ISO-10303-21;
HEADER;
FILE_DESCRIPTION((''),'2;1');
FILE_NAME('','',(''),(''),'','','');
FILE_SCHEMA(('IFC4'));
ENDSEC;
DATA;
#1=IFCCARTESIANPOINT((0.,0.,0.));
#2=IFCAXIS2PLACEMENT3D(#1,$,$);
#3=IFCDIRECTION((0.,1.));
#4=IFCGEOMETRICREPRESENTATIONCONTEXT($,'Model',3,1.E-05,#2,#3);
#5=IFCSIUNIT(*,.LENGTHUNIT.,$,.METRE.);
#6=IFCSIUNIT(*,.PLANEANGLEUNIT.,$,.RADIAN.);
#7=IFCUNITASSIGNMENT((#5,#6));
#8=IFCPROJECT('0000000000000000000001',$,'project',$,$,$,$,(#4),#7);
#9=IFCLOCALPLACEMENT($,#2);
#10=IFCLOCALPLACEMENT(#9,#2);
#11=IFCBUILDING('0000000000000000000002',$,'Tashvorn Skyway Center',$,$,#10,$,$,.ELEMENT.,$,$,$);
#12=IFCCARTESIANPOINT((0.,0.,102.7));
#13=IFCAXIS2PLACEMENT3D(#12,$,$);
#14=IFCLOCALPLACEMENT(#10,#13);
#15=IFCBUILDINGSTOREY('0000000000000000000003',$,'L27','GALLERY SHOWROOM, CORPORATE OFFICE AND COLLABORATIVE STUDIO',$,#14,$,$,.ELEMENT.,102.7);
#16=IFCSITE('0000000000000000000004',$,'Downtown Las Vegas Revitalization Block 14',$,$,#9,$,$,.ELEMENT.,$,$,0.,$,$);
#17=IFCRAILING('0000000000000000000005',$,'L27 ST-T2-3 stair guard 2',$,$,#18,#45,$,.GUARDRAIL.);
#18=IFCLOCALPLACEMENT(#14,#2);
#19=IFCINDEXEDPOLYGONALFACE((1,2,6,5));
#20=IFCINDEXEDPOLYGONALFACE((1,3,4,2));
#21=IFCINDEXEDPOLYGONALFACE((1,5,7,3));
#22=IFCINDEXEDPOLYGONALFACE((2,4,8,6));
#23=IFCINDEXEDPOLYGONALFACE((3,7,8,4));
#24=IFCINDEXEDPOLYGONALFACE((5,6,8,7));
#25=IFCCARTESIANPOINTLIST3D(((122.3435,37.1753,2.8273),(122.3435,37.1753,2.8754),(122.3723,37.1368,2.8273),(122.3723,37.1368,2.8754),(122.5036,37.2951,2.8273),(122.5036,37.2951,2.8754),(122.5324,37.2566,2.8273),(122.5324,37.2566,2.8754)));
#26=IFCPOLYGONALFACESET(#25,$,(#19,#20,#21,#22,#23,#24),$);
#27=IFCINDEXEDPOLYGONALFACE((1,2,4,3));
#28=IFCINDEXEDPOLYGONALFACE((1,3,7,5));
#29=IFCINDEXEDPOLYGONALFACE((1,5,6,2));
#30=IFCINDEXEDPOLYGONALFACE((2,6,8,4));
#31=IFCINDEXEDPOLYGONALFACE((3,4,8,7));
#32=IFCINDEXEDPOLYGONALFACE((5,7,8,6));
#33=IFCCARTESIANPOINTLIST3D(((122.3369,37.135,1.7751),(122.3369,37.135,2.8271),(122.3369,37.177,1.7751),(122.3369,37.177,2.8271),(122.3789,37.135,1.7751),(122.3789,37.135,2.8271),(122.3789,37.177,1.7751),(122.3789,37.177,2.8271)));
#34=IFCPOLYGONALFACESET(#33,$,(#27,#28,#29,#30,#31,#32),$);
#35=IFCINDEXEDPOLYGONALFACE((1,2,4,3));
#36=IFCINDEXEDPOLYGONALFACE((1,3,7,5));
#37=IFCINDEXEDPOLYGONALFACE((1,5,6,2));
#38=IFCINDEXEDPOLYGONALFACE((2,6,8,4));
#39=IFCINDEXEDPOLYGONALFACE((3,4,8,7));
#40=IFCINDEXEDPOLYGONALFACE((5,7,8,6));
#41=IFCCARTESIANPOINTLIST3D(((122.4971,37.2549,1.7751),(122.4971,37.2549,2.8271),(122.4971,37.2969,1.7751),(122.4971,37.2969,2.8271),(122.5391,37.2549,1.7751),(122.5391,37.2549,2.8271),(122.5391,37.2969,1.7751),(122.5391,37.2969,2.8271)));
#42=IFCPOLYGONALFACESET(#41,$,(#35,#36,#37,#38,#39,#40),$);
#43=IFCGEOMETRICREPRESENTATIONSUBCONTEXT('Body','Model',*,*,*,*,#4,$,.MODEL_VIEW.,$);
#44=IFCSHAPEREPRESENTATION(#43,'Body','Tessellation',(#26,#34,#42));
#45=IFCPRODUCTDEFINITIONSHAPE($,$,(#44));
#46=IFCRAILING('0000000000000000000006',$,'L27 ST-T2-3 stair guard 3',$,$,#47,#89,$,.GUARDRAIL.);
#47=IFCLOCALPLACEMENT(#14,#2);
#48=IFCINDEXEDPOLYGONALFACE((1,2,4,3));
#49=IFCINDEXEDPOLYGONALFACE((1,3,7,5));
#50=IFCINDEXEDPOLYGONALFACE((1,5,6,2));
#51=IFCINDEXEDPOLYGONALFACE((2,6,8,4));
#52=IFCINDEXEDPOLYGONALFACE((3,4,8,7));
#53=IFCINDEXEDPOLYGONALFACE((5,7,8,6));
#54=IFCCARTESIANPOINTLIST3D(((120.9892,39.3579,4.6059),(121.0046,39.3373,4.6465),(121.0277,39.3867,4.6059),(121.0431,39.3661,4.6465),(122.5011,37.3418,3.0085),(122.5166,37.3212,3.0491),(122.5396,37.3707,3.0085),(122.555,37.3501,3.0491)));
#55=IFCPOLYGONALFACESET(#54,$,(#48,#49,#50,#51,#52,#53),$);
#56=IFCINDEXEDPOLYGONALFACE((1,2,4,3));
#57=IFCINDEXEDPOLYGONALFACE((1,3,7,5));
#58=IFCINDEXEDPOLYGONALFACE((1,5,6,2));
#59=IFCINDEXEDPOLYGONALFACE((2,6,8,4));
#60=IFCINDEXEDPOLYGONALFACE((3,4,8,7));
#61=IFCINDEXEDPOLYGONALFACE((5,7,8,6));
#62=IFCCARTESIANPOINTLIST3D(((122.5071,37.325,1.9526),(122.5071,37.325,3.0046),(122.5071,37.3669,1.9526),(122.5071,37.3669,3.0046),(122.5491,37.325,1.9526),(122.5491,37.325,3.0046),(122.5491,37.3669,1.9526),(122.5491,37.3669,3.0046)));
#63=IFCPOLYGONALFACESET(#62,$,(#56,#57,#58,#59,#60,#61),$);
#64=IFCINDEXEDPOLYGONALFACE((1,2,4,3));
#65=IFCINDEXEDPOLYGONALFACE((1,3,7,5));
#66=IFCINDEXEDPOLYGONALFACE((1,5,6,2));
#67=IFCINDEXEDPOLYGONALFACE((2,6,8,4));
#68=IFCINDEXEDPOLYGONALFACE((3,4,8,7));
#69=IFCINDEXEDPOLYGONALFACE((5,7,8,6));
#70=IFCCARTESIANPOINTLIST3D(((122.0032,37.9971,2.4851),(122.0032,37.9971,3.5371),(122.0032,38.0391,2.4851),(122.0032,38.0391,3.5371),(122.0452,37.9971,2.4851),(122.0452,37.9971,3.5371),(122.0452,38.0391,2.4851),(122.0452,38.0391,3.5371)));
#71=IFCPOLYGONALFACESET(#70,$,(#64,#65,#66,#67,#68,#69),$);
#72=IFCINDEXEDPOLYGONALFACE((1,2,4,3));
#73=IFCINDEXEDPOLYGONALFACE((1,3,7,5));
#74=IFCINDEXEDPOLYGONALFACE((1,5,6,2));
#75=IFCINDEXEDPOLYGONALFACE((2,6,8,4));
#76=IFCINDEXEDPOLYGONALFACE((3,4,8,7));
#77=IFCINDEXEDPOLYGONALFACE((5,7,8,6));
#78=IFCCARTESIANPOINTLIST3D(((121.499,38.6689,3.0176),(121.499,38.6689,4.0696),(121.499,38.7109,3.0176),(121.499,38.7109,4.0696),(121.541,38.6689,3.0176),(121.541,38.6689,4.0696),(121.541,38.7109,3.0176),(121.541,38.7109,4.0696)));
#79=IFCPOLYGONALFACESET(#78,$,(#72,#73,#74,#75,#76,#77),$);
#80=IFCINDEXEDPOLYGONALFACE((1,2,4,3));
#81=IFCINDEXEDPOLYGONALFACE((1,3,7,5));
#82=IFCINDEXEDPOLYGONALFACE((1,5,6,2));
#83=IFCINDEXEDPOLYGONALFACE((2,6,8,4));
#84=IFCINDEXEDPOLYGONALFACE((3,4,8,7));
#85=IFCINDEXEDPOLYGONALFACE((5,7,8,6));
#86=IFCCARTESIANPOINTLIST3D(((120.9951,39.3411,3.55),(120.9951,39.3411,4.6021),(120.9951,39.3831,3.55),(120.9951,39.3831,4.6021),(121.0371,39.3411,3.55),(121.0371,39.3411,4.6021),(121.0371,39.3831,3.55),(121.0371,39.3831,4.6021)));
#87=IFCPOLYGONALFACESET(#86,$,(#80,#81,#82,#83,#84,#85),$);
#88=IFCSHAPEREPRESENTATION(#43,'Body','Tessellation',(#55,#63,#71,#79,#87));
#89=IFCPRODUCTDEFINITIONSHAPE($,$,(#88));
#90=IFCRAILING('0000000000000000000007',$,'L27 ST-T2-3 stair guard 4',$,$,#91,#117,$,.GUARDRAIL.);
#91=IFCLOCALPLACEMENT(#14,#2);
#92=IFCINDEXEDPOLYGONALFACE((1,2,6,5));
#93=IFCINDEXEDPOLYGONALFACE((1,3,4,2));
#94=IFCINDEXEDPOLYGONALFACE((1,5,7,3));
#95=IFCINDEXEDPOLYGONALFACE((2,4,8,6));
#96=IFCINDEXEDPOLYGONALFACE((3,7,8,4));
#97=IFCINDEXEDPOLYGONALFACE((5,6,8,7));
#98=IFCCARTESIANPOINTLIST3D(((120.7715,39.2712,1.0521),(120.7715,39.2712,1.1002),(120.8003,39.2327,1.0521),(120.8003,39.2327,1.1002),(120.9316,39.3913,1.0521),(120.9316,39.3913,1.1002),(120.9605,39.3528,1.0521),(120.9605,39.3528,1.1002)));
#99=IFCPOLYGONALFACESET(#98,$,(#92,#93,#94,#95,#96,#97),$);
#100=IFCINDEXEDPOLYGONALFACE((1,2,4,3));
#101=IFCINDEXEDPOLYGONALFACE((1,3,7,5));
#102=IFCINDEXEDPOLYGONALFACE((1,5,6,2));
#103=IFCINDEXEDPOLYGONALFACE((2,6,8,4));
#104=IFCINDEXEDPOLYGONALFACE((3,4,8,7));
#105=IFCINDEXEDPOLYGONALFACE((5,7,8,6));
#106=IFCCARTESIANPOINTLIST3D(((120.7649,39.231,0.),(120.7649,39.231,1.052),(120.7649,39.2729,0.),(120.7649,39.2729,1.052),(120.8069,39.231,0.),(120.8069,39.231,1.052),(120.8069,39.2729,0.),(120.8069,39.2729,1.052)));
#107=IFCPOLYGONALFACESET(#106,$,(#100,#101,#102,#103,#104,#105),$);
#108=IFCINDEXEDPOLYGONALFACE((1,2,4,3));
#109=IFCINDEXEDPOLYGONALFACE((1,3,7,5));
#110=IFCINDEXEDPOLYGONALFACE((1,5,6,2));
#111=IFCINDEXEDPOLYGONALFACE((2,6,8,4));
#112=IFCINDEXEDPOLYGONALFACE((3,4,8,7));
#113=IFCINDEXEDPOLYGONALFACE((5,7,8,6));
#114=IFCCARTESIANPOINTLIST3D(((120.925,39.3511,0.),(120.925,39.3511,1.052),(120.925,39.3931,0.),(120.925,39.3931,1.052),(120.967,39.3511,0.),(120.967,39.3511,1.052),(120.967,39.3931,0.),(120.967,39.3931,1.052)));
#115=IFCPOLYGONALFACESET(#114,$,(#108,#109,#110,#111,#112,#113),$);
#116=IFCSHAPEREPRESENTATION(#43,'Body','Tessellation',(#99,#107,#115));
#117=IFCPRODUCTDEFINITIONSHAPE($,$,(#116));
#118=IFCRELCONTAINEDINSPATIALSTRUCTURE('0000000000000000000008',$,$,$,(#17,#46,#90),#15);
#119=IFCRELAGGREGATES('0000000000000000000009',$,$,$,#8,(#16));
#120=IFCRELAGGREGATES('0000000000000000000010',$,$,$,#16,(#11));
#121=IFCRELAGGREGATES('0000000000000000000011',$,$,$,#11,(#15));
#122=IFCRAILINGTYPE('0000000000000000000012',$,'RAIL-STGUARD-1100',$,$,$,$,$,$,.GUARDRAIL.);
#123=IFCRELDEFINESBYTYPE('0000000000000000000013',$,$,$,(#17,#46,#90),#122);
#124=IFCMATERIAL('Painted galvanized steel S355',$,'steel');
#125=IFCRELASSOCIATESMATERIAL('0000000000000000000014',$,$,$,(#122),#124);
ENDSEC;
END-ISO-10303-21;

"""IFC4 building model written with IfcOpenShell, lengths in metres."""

from ifc_helpers import new_model, si_unit, direction, frame, origin, origin_2d, place, context, subcontext, project, spatial, rectangle, extrude, material, type_object, element, save


model = new_model("IFC4")

# Units and contexts
model_context = context("Model", 3, precision=1e-05, world=origin(), true_north=direction((0.0, 1.0)))
body_context = subcontext(model_context, "Body", "Model", "MODEL_VIEW")
ifc_project = project(units=[si_unit("LENGTHUNIT", "METRE"), si_unit("PLANEANGLEUNIT", "RADIAN")], contexts=[model_context])

# Site, building, storey
site_placement = place(None, origin())
site = spatial("IfcSite", under=ifc_project, at=site_placement, Name="Downtown Las Vegas Revitalization Block 14", CompositionType="ELEMENT", RefElevation=0.0)
building_placement = place(site_placement, origin())
building = spatial("IfcBuilding", under=site, at=building_placement, Name="Tashvorn Skyway Center", CompositionType="ELEMENT")
storey_placement = place(building_placement, frame((0.0, 0.0, 102.7)))
storey = spatial("IfcBuildingStorey", under=building, at=storey_placement, Name="L27", Description="GALLERY SHOWROOM, CORPORATE OFFICE AND COLLABORATIVE STUDIO", CompositionType="ELEMENT", Elevation=102.7)

# Railings
ifc_material_1 = material(Name="Painted galvanized steel S355", Category="steel")
railing_type_1 = type_object("IfcRailingType", Name="RAIL-STGUARD-1100", PredefinedType="GUARDRAIL", material=ifc_material_1)
railing_1_placement = place(storey_placement, frame((122.3579, 37.156, 1.7751)))
element("IfcRailing", 1, at=railing_1_placement, inside=storey, type_object=railing_type_1, Name="L27 ST-T2-3 stair guard 2", PredefinedType="GUARDRAIL", context=body_context, shape_type="SweptSolid", body=[
    extrude(rectangle(XDim=0.0481, YDim=0.0481, at=origin_2d()), frame((0.0, 0.0, 1.0762), z_axis=(0.800585, 0.599219, 0.0), x_axis=(-0.599219, 0.800585, 0.0)), (0.0, 0.0, 1.0), 0.2),
    extrude(rectangle(XDim=0.042, YDim=0.042, at=origin_2d()), origin(), (0.0, 0.0, 1.0), 1.052),
    extrude(rectangle(XDim=0.042, YDim=0.042, at=origin_2d()), frame((0.1602, 0.1199, 0.0)), (0.0, 0.0, 1.0), 1.052),
])
railing_2_placement = place(storey_placement, frame((122.5281, 37.3459, 1.9526)))
element("IfcRailing", 2, at=railing_2_placement, inside=storey, type_object=railing_type_1, Name="L27 ST-T2-3 stair guard 3", PredefinedType="GUARDRAIL", context=body_context, shape_type="SweptSolid", body=[
    extrude(rectangle(XDim=0.0481, YDim=0.0481, at=origin_2d()), frame((0.0, 0.0, 1.0762), z_axis=(-0.506741, 0.675709, 0.535379), x_axis=(-0.800023, -0.599969, 0.0)), (0.0, 0.0, 1.0), 2.9836),
    extrude(rectangle(XDim=0.042, YDim=0.042, at=origin_2d()), origin(), (0.0, 0.0, 1.0), 1.052),
    extrude(rectangle(XDim=0.042, YDim=0.042, at=origin_2d()), frame((-0.5039, 0.6721, 0.5325)), (0.0, 0.0, 1.0), 1.052),
    extrude(rectangle(XDim=0.042, YDim=0.042, at=origin_2d()), frame((-1.0081, 1.344, 1.0649)), (0.0, 0.0, 1.0), 1.052),
    extrude(rectangle(XDim=0.042, YDim=0.042, at=origin_2d()), frame((-1.512, 2.0161, 1.5974)), (0.0, 0.0, 1.0), 1.052),
])
railing_3_placement = place(storey_placement, frame((120.7859, 39.252, 0.0)))
element("IfcRailing", 3, at=railing_3_placement, inside=storey, type_object=railing_type_1, Name="L27 ST-T2-3 stair guard 4", PredefinedType="GUARDRAIL", context=body_context, shape_type="SweptSolid", body=[
    extrude(rectangle(XDim=0.0481, YDim=0.0481, at=origin_2d()), frame((0.0, 0.0, 1.0762), z_axis=(0.8, 0.6, 0.0), x_axis=(-0.6, 0.8, 0.0)), (0.0, 0.0, 1.0), 0.2002),
    extrude(rectangle(XDim=0.042, YDim=0.042, at=origin_2d()), origin(), (0.0, 0.0, 1.0), 1.052),
    extrude(rectangle(XDim=0.042, YDim=0.042, at=origin_2d()), frame((0.1602, 0.1201, 0.0)), (0.0, 0.0, 1.0), 1.052),
])

save(model, "model.ifc")
